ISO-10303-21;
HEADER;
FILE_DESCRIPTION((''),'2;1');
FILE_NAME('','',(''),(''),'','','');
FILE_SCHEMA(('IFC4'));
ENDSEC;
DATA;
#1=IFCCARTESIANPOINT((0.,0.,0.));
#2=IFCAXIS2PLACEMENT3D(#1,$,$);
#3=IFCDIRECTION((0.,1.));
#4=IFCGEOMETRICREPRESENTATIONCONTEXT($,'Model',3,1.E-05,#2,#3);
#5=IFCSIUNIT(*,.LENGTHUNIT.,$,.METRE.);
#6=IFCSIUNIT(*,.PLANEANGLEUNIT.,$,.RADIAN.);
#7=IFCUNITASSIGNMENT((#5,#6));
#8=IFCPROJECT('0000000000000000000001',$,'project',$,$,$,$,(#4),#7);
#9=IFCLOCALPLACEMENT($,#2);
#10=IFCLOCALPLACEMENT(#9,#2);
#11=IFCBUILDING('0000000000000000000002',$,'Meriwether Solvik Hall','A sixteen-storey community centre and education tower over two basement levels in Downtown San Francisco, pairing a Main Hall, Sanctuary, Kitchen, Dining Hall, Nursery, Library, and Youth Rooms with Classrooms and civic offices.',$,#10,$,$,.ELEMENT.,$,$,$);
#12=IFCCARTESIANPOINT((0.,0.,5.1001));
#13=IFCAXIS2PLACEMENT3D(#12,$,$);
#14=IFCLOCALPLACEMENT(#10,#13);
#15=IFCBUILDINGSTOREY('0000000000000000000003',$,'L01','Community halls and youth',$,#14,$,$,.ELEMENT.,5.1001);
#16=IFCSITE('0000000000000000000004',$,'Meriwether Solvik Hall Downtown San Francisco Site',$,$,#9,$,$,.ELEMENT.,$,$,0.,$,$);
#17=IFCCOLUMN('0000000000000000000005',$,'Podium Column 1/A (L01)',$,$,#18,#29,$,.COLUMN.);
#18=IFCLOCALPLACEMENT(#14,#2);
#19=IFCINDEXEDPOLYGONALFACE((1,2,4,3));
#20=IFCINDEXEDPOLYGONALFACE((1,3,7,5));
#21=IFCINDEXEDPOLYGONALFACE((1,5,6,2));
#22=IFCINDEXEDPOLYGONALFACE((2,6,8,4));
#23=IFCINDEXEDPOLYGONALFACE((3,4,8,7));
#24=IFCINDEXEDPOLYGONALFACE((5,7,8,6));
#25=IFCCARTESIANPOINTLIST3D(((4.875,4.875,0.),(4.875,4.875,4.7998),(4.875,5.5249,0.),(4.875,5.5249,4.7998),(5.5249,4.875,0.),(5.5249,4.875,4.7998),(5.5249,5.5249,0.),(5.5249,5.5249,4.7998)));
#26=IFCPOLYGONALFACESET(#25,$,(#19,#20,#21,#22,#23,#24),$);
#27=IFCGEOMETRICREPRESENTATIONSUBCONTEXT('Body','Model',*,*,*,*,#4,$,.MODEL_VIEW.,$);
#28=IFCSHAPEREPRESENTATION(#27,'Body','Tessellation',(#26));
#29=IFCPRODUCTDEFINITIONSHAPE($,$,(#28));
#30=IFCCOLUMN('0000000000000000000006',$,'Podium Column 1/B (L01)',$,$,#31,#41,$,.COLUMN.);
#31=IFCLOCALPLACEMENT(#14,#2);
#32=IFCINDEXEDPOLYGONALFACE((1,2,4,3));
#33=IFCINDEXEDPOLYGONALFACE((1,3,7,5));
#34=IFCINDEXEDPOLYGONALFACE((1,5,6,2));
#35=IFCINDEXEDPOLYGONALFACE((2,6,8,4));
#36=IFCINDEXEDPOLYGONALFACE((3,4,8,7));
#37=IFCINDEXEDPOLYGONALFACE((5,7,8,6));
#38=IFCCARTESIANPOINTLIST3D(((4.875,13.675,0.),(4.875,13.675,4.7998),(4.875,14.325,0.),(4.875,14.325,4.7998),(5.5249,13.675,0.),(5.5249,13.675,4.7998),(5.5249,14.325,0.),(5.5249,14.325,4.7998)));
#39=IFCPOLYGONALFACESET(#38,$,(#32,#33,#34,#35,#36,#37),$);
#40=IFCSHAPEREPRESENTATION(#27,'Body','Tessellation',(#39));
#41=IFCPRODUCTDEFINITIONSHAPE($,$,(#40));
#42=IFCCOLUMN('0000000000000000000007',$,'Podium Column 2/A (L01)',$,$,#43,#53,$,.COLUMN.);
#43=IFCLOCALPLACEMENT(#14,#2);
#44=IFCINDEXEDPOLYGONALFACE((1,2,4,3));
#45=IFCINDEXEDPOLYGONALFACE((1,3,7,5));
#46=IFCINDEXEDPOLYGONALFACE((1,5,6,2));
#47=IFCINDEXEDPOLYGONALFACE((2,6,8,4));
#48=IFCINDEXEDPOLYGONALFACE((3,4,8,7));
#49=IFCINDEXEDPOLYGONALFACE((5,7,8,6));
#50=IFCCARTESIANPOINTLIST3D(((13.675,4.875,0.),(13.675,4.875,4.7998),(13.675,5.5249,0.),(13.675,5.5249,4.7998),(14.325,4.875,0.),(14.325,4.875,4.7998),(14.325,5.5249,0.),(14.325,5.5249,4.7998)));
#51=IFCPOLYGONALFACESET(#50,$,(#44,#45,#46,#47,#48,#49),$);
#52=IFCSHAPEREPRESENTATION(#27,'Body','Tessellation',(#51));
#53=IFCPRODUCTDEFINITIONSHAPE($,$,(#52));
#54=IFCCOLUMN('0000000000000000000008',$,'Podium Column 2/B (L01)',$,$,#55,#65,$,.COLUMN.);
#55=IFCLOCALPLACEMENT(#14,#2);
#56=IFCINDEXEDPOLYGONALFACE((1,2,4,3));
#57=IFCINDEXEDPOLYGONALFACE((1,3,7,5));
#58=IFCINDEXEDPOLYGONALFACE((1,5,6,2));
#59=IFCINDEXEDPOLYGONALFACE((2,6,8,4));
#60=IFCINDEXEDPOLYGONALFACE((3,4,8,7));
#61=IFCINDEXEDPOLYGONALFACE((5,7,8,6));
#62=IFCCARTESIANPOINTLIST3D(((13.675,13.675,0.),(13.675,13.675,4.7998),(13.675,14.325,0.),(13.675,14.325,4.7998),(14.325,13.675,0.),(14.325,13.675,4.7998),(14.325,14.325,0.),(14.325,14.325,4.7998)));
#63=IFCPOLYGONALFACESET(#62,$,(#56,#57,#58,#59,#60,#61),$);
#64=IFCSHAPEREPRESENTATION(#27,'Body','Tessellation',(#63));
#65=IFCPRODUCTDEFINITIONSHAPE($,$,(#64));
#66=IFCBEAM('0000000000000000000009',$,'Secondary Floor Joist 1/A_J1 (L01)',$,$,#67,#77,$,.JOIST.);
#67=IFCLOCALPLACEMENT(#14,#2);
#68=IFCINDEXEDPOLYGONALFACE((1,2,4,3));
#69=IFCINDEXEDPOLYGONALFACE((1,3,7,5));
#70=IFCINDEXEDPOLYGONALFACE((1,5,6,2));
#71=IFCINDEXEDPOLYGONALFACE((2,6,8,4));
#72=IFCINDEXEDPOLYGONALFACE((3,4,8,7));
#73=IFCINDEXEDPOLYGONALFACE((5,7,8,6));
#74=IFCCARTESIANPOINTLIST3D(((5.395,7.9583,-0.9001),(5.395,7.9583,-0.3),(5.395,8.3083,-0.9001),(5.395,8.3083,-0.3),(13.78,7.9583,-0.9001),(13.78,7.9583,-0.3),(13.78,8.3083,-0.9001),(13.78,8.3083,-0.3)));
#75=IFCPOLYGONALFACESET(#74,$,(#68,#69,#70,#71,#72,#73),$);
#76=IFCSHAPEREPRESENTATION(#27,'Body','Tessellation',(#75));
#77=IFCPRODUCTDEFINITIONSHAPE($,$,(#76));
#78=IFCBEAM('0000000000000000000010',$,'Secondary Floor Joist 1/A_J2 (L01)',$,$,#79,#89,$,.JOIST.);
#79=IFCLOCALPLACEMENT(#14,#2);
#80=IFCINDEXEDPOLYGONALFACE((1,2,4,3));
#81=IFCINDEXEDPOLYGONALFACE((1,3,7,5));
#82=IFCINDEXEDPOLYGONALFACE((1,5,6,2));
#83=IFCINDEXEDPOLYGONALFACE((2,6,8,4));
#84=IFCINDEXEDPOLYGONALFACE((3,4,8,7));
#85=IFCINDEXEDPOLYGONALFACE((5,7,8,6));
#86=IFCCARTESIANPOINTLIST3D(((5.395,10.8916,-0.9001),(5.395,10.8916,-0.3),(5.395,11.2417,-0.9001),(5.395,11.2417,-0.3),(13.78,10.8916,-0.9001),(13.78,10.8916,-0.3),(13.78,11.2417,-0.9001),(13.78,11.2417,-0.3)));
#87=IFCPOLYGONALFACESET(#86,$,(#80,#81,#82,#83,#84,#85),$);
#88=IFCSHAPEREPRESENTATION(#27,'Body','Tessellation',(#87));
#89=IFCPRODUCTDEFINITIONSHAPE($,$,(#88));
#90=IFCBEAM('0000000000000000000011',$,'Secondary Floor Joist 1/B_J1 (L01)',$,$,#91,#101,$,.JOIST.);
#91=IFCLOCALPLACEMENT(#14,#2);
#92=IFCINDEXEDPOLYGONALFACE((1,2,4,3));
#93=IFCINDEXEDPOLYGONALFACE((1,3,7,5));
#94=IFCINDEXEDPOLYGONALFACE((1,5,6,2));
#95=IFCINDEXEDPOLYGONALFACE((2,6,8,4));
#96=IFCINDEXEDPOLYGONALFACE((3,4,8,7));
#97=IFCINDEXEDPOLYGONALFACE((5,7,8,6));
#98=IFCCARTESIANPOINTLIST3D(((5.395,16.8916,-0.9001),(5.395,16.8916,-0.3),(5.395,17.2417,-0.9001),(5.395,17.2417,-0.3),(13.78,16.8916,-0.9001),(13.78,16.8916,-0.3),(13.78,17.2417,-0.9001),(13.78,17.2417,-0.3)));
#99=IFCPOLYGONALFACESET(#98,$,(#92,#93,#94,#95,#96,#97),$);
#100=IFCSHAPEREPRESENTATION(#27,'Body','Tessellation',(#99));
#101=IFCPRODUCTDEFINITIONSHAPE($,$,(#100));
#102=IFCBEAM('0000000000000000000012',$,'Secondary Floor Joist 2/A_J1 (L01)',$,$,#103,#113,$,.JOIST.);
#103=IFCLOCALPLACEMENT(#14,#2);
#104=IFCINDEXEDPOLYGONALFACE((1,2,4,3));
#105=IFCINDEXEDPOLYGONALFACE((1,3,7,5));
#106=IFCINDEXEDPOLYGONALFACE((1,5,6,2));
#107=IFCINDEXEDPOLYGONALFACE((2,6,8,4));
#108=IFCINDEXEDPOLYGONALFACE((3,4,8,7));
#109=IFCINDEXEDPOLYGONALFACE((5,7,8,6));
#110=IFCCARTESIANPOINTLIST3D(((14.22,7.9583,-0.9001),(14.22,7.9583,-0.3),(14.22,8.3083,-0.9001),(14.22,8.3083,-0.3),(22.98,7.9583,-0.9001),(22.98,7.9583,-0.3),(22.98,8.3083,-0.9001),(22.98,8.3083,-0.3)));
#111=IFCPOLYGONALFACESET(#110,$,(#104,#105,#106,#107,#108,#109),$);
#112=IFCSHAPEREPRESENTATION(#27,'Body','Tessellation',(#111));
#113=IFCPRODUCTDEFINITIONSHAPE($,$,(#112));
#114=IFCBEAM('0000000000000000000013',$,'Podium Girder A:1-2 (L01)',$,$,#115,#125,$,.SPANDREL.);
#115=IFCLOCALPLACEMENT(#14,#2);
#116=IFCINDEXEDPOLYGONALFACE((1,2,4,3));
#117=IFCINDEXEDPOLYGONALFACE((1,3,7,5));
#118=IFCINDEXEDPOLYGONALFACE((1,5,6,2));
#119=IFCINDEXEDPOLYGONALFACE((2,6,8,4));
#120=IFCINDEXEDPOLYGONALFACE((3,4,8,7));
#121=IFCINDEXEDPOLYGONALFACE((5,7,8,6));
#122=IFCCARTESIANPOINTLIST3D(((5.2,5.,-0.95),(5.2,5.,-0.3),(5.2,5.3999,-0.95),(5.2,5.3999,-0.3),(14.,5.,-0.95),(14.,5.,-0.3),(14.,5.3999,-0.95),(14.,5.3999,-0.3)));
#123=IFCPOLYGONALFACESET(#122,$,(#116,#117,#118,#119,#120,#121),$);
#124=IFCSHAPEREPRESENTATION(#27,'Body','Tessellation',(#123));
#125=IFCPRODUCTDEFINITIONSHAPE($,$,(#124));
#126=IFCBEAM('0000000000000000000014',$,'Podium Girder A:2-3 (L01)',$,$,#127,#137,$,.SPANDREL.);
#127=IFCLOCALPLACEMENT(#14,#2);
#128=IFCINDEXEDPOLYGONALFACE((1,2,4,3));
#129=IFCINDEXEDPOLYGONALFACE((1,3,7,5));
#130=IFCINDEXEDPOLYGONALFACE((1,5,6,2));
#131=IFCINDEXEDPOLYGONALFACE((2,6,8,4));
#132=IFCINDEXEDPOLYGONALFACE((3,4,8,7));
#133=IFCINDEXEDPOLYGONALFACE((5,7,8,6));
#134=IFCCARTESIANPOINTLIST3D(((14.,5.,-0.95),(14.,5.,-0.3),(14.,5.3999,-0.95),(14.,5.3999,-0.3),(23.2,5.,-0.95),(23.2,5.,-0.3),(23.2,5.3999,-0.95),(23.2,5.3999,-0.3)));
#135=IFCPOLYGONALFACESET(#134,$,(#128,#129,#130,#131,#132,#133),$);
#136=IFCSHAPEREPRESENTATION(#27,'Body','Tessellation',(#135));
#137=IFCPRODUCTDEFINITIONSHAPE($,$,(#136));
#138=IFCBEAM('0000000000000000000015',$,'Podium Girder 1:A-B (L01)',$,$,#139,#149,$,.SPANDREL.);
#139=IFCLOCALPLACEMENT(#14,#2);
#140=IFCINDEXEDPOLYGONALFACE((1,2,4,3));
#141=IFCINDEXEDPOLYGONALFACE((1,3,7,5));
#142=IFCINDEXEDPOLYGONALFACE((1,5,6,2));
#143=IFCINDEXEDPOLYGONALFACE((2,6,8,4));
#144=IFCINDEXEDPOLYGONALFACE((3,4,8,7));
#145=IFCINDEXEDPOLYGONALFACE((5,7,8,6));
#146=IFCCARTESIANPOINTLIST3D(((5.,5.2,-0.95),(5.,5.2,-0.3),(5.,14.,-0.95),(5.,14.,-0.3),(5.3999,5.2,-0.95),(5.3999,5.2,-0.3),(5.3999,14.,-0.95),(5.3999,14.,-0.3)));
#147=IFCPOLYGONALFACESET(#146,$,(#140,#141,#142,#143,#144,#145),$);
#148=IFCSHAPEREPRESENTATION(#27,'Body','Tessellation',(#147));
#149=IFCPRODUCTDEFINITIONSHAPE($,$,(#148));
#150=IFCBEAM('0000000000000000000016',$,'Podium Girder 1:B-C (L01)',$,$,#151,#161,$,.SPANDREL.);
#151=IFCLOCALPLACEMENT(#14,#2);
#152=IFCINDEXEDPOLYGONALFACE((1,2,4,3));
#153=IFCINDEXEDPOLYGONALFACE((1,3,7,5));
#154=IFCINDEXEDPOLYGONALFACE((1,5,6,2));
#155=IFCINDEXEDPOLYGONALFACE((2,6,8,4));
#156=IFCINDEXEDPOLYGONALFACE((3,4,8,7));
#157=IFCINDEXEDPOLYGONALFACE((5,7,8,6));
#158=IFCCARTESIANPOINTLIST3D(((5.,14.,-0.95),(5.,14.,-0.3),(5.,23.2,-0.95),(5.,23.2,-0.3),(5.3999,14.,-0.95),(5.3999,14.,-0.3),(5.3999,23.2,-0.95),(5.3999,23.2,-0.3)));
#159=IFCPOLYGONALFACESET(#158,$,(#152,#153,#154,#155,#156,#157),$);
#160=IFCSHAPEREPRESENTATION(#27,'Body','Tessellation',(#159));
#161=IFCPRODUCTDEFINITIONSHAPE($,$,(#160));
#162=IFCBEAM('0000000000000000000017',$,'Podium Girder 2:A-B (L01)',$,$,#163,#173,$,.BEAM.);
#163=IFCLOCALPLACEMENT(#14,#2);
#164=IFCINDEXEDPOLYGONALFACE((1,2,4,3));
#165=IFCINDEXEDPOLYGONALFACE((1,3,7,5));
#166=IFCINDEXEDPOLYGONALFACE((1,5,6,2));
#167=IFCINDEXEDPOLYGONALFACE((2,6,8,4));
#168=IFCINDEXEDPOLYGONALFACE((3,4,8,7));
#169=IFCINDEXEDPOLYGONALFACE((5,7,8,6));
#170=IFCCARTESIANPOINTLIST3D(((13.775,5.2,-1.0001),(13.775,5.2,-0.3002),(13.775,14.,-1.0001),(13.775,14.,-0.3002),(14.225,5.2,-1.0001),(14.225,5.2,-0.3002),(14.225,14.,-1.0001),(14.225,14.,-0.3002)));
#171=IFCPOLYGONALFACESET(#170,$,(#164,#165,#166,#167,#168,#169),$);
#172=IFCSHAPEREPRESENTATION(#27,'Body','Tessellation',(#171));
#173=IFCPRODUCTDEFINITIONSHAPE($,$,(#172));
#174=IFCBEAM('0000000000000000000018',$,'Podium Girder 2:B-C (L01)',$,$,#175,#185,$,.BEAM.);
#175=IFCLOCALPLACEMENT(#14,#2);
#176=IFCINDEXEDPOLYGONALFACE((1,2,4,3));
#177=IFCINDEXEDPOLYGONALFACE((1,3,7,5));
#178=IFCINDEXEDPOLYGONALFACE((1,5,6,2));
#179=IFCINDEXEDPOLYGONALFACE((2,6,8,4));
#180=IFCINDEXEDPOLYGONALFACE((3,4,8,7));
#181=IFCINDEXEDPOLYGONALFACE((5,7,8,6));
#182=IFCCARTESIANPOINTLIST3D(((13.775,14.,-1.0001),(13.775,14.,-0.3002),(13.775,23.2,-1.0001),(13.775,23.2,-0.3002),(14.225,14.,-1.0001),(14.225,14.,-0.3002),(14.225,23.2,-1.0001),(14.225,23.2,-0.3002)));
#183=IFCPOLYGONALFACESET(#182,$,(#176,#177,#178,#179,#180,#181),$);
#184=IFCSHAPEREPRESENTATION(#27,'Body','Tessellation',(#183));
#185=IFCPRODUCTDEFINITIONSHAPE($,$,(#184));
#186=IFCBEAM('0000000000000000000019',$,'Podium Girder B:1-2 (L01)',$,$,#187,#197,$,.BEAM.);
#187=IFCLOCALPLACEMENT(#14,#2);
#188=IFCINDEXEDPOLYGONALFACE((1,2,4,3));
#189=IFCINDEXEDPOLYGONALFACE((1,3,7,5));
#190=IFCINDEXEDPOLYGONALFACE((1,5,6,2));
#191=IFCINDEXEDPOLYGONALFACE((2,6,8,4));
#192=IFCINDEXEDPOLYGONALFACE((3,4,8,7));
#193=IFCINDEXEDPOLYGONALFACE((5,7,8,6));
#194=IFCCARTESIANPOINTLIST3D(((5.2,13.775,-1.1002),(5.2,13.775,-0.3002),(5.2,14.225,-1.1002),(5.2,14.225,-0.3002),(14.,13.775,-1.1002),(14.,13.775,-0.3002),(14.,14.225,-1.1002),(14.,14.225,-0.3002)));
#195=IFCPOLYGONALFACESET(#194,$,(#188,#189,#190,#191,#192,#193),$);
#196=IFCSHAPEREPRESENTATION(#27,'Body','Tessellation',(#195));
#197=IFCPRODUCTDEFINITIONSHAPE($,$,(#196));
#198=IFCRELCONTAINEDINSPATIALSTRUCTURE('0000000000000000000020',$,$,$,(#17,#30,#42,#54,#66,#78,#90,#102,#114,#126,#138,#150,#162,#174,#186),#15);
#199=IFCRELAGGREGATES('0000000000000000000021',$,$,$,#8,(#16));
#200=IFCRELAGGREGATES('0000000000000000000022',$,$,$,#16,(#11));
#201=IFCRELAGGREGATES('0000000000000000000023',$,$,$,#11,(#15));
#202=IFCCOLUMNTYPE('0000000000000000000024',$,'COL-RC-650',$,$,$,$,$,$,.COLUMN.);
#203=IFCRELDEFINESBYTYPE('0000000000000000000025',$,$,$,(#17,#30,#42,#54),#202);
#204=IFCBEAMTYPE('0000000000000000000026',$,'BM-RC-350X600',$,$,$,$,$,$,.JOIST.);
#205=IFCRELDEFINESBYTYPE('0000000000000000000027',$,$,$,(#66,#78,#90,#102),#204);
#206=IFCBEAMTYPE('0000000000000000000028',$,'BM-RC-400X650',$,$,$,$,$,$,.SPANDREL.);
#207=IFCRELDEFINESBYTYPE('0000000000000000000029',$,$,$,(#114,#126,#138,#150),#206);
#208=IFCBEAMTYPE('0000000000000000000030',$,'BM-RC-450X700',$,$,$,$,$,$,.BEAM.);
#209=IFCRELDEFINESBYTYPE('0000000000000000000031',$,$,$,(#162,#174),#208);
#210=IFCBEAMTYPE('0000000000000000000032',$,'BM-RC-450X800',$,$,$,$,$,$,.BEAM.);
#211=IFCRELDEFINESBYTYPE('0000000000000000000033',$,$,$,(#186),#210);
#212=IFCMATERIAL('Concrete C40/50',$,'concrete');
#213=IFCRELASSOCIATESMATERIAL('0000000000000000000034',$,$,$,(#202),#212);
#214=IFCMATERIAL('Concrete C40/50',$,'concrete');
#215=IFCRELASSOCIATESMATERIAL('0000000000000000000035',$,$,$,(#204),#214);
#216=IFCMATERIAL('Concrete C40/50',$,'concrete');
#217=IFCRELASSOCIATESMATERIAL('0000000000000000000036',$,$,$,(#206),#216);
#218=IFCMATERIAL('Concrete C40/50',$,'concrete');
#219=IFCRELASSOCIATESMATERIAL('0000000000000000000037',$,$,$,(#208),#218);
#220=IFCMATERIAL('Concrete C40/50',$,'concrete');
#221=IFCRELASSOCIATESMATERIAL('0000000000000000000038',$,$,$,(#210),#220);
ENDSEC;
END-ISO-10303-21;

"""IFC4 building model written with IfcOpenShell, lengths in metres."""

from ifc_helpers import new_model, si_unit, direction, frame, origin, origin_2d, place, context, subcontext, project, spatial, rectangle, extrude, material, material_profile, profile_set, type_object, element, save


model = new_model("IFC4")

# Units and contexts
model_context = context("Model", 3, precision=1e-05, world=origin(), true_north=direction((0.0, 1.0)))
body_context = subcontext(model_context, "Body", "Model", "MODEL_VIEW")
ifc_project = project(units=[si_unit("LENGTHUNIT", "METRE"), si_unit("PLANEANGLEUNIT", "RADIAN")], contexts=[model_context])

# Site, building, storey
site_placement = place(None, origin())
site = spatial("IfcSite", under=ifc_project, at=site_placement, Name="Meriwether Solvik Hall Downtown San Francisco Site", CompositionType="ELEMENT", RefElevation=0.0)
building_placement = place(site_placement, origin())
building = spatial("IfcBuilding", under=site, at=building_placement, Name="Meriwether Solvik Hall", Description="A sixteen-storey community centre and education tower over two basement levels in Downtown San Francisco, pairing a Main Hall, Sanctuary, Kitchen, Dining Hall, Nursery, Library, and Youth Rooms with Classrooms and civic offices.", CompositionType="ELEMENT")
storey_placement = place(building_placement, frame((0.0, 0.0, 5.1001)))
storey = spatial("IfcBuildingStorey", under=building, at=storey_placement, Name="L01", Description="Community halls and youth", CompositionType="ELEMENT", Elevation=5.1001)

# Columns
ifc_material_1 = material(Name="Concrete C40/50", Category="concrete")
ifc_material_profile_1 = material_profile(ifc_material_1, rectangle(XDim=0.6499, YDim=0.6499, at=origin_2d()), Name="RCC-650X650")
ifc_profile_set_1 = profile_set([ifc_material_profile_1], Name="Concrete C40/50")
column_type = type_object("IfcColumnType", Name="COL-RC-650", PredefinedType="COLUMN", material=ifc_profile_set_1)
for number, where, z_axis, x_axis, name in (
    (1, (5.2, 5.2, 0.0), (0.0, 0.0, 1.0), (1.0, 0.0, 0.0), "Podium Column 1/A (L01)"),
    (2, (5.2, 14.0, 0.0), (0.0, 0.0, 1.0), (1.0, 0.0, 0.0), "Podium Column 1/B (L01)"),
    (3, (14.0, 5.2, 0.0), (0.0, 0.0, 1.0), (1.0, 0.0, 0.0), "Podium Column 2/A (L01)"),
    (4, (14.0, 14.0, 0.0), (0.0, 0.0, 1.0), (1.0, 0.0, 0.0), "Podium Column 2/B (L01)"),
):
    element("IfcColumn", number, at=place(storey_placement, frame(where, z_axis=z_axis, x_axis=x_axis)), inside=storey, type_object=column_type, Name=name, PredefinedType="COLUMN", context=body_context, shape_type="SweptSolid", body=[
        extrude(rectangle(XDim=0.6499, YDim=0.6499, at=origin_2d()), origin(), (0.0, 0.0, 1.0), 4.7998),
    ])

# Beams
ifc_material_2 = material(Name="Concrete C40/50", Category="concrete")
ifc_material_profile_2 = material_profile(ifc_material_2, rectangle(XDim=0.3501, YDim=0.6001, at=origin_2d()), Name="RCB-350X600")
ifc_profile_set_2 = profile_set([ifc_material_profile_2], Name="Concrete C40/50")
beam_type_1 = type_object("IfcBeamType", Name="BM-RC-350X600", PredefinedType="JOIST", material=ifc_profile_set_2)
for number, where, z_axis, x_axis, name in (
    (5, (5.395, 8.1333, -0.6001), (1.0, 0.0, 0.0), (0.0, 1.0, 0.0), "Secondary Floor Joist 1/A_J1 (L01)"),
    (6, (5.395, 11.0667, -0.6001), (1.0, 0.0, 0.0), (0.0, 1.0, 0.0), "Secondary Floor Joist 1/A_J2 (L01)"),
    (7, (5.395, 17.0667, -0.6001), (1.0, 0.0, 0.0), (0.0, 1.0, 0.0), "Secondary Floor Joist 1/B_J1 (L01)"),
):
    element("IfcBeam", number, at=place(storey_placement, frame(where, z_axis=z_axis, x_axis=x_axis)), inside=storey, type_object=beam_type_1, Name=name, PredefinedType="JOIST", context=body_context, shape_type="SweptSolid", body=[
        extrude(rectangle(XDim=0.3501, YDim=0.6001, at=origin_2d()), origin(), (0.0, 0.0, 1.0), 8.385),
    ])
beam_1_placement = place(storey_placement, frame((14.22, 8.1333, -0.6001), z_axis=(1.0, 0.0, 0.0), x_axis=(0.0, 1.0, 0.0)))
element("IfcBeam", 8, at=beam_1_placement, inside=storey, type_object=beam_type_1, Name="Secondary Floor Joist 2/A_J1 (L01)", PredefinedType="JOIST", context=body_context, shape_type="SweptSolid", body=[
    extrude(rectangle(XDim=0.3501, YDim=0.6001, at=origin_2d()), origin(), (0.0, 0.0, 1.0), 8.76),
])
ifc_material_3 = material(Name="Concrete C40/50", Category="concrete")
ifc_material_profile_3 = material_profile(ifc_material_3, rectangle(XDim=0.3999, YDim=0.6499, at=origin_2d()), Name="RCB-400X650")
ifc_profile_set_3 = profile_set([ifc_material_profile_3], Name="Concrete C40/50")
beam_type_2 = type_object("IfcBeamType", Name="BM-RC-400X650", PredefinedType="SPANDREL", material=ifc_profile_set_3)
beam_2_placement = place(storey_placement, frame((5.2, 5.2, -0.625), z_axis=(1.0, 0.0, 0.0), x_axis=(0.0, 1.0, 0.0)))
element("IfcBeam", 9, at=beam_2_placement, inside=storey, type_object=beam_type_2, Name="Podium Girder A:1-2 (L01)", PredefinedType="SPANDREL", context=body_context, shape_type="SweptSolid", body=[
    extrude(rectangle(XDim=0.3999, YDim=0.6499, at=origin_2d()), origin(), (0.0, 0.0, 1.0), 8.8),
])
beam_3_placement = place(storey_placement, frame((14.0, 5.2, -0.625), z_axis=(1.0, 0.0, 0.0), x_axis=(0.0, 1.0, 0.0)))
element("IfcBeam", 10, at=beam_3_placement, inside=storey, type_object=beam_type_2, Name="Podium Girder A:2-3 (L01)", PredefinedType="SPANDREL", context=body_context, shape_type="SweptSolid", body=[
    extrude(rectangle(XDim=0.3999, YDim=0.6499, at=origin_2d()), origin(), (0.0, 0.0, 1.0), 9.2),
])
beam_4_placement = place(storey_placement, frame((5.2, 5.2, -0.625), z_axis=(0.0, 1.0, 0.0), x_axis=(-1.0, 0.0, 0.0)))
element("IfcBeam", 11, at=beam_4_placement, inside=storey, type_object=beam_type_2, Name="Podium Girder 1:A-B (L01)", PredefinedType="SPANDREL", context=body_context, shape_type="SweptSolid", body=[
    extrude(rectangle(XDim=0.3999, YDim=0.6499, at=origin_2d()), origin(), (0.0, 0.0, 1.0), 8.8),
])
beam_5_placement = place(storey_placement, frame((5.2, 14.0, -0.625), z_axis=(0.0, 1.0, 0.0), x_axis=(-1.0, 0.0, 0.0)))
element("IfcBeam", 12, at=beam_5_placement, inside=storey, type_object=beam_type_2, Name="Podium Girder 1:B-C (L01)", PredefinedType="SPANDREL", context=body_context, shape_type="SweptSolid", body=[
    extrude(rectangle(XDim=0.3999, YDim=0.6499, at=origin_2d()), origin(), (0.0, 0.0, 1.0), 9.2),
])
ifc_material_4 = material(Name="Concrete C40/50", Category="concrete")
ifc_material_profile_4 = material_profile(ifc_material_4, rectangle(XDim=0.45, YDim=0.7, at=origin_2d()), Name="RCB-450X700")
ifc_profile_set_4 = profile_set([ifc_material_profile_4], Name="Concrete C40/50")
beam_type_3 = type_object("IfcBeamType", Name="BM-RC-450X700", PredefinedType="BEAM", material=ifc_profile_set_4)
beam_6_placement = place(storey_placement, frame((14.0, 5.2, -0.6501), z_axis=(0.0, 1.0, 0.0), x_axis=(-1.0, 0.0, 0.0)))
element("IfcBeam", 13, at=beam_6_placement, inside=storey, type_object=beam_type_3, Name="Podium Girder 2:A-B (L01)", PredefinedType="BEAM", context=body_context, shape_type="SweptSolid", body=[
    extrude(rectangle(XDim=0.45, YDim=0.7, at=origin_2d()), origin(), (0.0, 0.0, 1.0), 8.8),
])
beam_7_placement = place(storey_placement, frame((14.0, 14.0, -0.6501), z_axis=(0.0, 1.0, 0.0), x_axis=(-1.0, 0.0, 0.0)))
element("IfcBeam", 14, at=beam_7_placement, inside=storey, type_object=beam_type_3, Name="Podium Girder 2:B-C (L01)", PredefinedType="BEAM", context=body_context, shape_type="SweptSolid", body=[
    extrude(rectangle(XDim=0.45, YDim=0.7, at=origin_2d()), origin(), (0.0, 0.0, 1.0), 9.2),
])
ifc_material_5 = material(Name="Concrete C40/50", Category="concrete")
ifc_material_profile_5 = material_profile(ifc_material_5, rectangle(XDim=0.45, YDim=0.8, at=origin_2d()), Name="RCB-450X800")
ifc_profile_set_5 = profile_set([ifc_material_profile_5], Name="Concrete C40/50")
beam_type_4 = type_object("IfcBeamType", Name="BM-RC-450X800", PredefinedType="BEAM", material=ifc_profile_set_5)
beam_8_placement = place(storey_placement, frame((5.2, 14.0, -0.7002), z_axis=(1.0, 0.0, 0.0), x_axis=(0.0, 1.0, 0.0)))
element("IfcBeam", 15, at=beam_8_placement, inside=storey, type_object=beam_type_4, Name="Podium Girder B:1-2 (L01)", PredefinedType="BEAM", context=body_context, shape_type="SweptSolid", body=[
    extrude(rectangle(XDim=0.45, YDim=0.8, at=origin_2d()), origin(), (0.0, 0.0, 1.0), 8.8),
])

save(model, "model.ifc")
